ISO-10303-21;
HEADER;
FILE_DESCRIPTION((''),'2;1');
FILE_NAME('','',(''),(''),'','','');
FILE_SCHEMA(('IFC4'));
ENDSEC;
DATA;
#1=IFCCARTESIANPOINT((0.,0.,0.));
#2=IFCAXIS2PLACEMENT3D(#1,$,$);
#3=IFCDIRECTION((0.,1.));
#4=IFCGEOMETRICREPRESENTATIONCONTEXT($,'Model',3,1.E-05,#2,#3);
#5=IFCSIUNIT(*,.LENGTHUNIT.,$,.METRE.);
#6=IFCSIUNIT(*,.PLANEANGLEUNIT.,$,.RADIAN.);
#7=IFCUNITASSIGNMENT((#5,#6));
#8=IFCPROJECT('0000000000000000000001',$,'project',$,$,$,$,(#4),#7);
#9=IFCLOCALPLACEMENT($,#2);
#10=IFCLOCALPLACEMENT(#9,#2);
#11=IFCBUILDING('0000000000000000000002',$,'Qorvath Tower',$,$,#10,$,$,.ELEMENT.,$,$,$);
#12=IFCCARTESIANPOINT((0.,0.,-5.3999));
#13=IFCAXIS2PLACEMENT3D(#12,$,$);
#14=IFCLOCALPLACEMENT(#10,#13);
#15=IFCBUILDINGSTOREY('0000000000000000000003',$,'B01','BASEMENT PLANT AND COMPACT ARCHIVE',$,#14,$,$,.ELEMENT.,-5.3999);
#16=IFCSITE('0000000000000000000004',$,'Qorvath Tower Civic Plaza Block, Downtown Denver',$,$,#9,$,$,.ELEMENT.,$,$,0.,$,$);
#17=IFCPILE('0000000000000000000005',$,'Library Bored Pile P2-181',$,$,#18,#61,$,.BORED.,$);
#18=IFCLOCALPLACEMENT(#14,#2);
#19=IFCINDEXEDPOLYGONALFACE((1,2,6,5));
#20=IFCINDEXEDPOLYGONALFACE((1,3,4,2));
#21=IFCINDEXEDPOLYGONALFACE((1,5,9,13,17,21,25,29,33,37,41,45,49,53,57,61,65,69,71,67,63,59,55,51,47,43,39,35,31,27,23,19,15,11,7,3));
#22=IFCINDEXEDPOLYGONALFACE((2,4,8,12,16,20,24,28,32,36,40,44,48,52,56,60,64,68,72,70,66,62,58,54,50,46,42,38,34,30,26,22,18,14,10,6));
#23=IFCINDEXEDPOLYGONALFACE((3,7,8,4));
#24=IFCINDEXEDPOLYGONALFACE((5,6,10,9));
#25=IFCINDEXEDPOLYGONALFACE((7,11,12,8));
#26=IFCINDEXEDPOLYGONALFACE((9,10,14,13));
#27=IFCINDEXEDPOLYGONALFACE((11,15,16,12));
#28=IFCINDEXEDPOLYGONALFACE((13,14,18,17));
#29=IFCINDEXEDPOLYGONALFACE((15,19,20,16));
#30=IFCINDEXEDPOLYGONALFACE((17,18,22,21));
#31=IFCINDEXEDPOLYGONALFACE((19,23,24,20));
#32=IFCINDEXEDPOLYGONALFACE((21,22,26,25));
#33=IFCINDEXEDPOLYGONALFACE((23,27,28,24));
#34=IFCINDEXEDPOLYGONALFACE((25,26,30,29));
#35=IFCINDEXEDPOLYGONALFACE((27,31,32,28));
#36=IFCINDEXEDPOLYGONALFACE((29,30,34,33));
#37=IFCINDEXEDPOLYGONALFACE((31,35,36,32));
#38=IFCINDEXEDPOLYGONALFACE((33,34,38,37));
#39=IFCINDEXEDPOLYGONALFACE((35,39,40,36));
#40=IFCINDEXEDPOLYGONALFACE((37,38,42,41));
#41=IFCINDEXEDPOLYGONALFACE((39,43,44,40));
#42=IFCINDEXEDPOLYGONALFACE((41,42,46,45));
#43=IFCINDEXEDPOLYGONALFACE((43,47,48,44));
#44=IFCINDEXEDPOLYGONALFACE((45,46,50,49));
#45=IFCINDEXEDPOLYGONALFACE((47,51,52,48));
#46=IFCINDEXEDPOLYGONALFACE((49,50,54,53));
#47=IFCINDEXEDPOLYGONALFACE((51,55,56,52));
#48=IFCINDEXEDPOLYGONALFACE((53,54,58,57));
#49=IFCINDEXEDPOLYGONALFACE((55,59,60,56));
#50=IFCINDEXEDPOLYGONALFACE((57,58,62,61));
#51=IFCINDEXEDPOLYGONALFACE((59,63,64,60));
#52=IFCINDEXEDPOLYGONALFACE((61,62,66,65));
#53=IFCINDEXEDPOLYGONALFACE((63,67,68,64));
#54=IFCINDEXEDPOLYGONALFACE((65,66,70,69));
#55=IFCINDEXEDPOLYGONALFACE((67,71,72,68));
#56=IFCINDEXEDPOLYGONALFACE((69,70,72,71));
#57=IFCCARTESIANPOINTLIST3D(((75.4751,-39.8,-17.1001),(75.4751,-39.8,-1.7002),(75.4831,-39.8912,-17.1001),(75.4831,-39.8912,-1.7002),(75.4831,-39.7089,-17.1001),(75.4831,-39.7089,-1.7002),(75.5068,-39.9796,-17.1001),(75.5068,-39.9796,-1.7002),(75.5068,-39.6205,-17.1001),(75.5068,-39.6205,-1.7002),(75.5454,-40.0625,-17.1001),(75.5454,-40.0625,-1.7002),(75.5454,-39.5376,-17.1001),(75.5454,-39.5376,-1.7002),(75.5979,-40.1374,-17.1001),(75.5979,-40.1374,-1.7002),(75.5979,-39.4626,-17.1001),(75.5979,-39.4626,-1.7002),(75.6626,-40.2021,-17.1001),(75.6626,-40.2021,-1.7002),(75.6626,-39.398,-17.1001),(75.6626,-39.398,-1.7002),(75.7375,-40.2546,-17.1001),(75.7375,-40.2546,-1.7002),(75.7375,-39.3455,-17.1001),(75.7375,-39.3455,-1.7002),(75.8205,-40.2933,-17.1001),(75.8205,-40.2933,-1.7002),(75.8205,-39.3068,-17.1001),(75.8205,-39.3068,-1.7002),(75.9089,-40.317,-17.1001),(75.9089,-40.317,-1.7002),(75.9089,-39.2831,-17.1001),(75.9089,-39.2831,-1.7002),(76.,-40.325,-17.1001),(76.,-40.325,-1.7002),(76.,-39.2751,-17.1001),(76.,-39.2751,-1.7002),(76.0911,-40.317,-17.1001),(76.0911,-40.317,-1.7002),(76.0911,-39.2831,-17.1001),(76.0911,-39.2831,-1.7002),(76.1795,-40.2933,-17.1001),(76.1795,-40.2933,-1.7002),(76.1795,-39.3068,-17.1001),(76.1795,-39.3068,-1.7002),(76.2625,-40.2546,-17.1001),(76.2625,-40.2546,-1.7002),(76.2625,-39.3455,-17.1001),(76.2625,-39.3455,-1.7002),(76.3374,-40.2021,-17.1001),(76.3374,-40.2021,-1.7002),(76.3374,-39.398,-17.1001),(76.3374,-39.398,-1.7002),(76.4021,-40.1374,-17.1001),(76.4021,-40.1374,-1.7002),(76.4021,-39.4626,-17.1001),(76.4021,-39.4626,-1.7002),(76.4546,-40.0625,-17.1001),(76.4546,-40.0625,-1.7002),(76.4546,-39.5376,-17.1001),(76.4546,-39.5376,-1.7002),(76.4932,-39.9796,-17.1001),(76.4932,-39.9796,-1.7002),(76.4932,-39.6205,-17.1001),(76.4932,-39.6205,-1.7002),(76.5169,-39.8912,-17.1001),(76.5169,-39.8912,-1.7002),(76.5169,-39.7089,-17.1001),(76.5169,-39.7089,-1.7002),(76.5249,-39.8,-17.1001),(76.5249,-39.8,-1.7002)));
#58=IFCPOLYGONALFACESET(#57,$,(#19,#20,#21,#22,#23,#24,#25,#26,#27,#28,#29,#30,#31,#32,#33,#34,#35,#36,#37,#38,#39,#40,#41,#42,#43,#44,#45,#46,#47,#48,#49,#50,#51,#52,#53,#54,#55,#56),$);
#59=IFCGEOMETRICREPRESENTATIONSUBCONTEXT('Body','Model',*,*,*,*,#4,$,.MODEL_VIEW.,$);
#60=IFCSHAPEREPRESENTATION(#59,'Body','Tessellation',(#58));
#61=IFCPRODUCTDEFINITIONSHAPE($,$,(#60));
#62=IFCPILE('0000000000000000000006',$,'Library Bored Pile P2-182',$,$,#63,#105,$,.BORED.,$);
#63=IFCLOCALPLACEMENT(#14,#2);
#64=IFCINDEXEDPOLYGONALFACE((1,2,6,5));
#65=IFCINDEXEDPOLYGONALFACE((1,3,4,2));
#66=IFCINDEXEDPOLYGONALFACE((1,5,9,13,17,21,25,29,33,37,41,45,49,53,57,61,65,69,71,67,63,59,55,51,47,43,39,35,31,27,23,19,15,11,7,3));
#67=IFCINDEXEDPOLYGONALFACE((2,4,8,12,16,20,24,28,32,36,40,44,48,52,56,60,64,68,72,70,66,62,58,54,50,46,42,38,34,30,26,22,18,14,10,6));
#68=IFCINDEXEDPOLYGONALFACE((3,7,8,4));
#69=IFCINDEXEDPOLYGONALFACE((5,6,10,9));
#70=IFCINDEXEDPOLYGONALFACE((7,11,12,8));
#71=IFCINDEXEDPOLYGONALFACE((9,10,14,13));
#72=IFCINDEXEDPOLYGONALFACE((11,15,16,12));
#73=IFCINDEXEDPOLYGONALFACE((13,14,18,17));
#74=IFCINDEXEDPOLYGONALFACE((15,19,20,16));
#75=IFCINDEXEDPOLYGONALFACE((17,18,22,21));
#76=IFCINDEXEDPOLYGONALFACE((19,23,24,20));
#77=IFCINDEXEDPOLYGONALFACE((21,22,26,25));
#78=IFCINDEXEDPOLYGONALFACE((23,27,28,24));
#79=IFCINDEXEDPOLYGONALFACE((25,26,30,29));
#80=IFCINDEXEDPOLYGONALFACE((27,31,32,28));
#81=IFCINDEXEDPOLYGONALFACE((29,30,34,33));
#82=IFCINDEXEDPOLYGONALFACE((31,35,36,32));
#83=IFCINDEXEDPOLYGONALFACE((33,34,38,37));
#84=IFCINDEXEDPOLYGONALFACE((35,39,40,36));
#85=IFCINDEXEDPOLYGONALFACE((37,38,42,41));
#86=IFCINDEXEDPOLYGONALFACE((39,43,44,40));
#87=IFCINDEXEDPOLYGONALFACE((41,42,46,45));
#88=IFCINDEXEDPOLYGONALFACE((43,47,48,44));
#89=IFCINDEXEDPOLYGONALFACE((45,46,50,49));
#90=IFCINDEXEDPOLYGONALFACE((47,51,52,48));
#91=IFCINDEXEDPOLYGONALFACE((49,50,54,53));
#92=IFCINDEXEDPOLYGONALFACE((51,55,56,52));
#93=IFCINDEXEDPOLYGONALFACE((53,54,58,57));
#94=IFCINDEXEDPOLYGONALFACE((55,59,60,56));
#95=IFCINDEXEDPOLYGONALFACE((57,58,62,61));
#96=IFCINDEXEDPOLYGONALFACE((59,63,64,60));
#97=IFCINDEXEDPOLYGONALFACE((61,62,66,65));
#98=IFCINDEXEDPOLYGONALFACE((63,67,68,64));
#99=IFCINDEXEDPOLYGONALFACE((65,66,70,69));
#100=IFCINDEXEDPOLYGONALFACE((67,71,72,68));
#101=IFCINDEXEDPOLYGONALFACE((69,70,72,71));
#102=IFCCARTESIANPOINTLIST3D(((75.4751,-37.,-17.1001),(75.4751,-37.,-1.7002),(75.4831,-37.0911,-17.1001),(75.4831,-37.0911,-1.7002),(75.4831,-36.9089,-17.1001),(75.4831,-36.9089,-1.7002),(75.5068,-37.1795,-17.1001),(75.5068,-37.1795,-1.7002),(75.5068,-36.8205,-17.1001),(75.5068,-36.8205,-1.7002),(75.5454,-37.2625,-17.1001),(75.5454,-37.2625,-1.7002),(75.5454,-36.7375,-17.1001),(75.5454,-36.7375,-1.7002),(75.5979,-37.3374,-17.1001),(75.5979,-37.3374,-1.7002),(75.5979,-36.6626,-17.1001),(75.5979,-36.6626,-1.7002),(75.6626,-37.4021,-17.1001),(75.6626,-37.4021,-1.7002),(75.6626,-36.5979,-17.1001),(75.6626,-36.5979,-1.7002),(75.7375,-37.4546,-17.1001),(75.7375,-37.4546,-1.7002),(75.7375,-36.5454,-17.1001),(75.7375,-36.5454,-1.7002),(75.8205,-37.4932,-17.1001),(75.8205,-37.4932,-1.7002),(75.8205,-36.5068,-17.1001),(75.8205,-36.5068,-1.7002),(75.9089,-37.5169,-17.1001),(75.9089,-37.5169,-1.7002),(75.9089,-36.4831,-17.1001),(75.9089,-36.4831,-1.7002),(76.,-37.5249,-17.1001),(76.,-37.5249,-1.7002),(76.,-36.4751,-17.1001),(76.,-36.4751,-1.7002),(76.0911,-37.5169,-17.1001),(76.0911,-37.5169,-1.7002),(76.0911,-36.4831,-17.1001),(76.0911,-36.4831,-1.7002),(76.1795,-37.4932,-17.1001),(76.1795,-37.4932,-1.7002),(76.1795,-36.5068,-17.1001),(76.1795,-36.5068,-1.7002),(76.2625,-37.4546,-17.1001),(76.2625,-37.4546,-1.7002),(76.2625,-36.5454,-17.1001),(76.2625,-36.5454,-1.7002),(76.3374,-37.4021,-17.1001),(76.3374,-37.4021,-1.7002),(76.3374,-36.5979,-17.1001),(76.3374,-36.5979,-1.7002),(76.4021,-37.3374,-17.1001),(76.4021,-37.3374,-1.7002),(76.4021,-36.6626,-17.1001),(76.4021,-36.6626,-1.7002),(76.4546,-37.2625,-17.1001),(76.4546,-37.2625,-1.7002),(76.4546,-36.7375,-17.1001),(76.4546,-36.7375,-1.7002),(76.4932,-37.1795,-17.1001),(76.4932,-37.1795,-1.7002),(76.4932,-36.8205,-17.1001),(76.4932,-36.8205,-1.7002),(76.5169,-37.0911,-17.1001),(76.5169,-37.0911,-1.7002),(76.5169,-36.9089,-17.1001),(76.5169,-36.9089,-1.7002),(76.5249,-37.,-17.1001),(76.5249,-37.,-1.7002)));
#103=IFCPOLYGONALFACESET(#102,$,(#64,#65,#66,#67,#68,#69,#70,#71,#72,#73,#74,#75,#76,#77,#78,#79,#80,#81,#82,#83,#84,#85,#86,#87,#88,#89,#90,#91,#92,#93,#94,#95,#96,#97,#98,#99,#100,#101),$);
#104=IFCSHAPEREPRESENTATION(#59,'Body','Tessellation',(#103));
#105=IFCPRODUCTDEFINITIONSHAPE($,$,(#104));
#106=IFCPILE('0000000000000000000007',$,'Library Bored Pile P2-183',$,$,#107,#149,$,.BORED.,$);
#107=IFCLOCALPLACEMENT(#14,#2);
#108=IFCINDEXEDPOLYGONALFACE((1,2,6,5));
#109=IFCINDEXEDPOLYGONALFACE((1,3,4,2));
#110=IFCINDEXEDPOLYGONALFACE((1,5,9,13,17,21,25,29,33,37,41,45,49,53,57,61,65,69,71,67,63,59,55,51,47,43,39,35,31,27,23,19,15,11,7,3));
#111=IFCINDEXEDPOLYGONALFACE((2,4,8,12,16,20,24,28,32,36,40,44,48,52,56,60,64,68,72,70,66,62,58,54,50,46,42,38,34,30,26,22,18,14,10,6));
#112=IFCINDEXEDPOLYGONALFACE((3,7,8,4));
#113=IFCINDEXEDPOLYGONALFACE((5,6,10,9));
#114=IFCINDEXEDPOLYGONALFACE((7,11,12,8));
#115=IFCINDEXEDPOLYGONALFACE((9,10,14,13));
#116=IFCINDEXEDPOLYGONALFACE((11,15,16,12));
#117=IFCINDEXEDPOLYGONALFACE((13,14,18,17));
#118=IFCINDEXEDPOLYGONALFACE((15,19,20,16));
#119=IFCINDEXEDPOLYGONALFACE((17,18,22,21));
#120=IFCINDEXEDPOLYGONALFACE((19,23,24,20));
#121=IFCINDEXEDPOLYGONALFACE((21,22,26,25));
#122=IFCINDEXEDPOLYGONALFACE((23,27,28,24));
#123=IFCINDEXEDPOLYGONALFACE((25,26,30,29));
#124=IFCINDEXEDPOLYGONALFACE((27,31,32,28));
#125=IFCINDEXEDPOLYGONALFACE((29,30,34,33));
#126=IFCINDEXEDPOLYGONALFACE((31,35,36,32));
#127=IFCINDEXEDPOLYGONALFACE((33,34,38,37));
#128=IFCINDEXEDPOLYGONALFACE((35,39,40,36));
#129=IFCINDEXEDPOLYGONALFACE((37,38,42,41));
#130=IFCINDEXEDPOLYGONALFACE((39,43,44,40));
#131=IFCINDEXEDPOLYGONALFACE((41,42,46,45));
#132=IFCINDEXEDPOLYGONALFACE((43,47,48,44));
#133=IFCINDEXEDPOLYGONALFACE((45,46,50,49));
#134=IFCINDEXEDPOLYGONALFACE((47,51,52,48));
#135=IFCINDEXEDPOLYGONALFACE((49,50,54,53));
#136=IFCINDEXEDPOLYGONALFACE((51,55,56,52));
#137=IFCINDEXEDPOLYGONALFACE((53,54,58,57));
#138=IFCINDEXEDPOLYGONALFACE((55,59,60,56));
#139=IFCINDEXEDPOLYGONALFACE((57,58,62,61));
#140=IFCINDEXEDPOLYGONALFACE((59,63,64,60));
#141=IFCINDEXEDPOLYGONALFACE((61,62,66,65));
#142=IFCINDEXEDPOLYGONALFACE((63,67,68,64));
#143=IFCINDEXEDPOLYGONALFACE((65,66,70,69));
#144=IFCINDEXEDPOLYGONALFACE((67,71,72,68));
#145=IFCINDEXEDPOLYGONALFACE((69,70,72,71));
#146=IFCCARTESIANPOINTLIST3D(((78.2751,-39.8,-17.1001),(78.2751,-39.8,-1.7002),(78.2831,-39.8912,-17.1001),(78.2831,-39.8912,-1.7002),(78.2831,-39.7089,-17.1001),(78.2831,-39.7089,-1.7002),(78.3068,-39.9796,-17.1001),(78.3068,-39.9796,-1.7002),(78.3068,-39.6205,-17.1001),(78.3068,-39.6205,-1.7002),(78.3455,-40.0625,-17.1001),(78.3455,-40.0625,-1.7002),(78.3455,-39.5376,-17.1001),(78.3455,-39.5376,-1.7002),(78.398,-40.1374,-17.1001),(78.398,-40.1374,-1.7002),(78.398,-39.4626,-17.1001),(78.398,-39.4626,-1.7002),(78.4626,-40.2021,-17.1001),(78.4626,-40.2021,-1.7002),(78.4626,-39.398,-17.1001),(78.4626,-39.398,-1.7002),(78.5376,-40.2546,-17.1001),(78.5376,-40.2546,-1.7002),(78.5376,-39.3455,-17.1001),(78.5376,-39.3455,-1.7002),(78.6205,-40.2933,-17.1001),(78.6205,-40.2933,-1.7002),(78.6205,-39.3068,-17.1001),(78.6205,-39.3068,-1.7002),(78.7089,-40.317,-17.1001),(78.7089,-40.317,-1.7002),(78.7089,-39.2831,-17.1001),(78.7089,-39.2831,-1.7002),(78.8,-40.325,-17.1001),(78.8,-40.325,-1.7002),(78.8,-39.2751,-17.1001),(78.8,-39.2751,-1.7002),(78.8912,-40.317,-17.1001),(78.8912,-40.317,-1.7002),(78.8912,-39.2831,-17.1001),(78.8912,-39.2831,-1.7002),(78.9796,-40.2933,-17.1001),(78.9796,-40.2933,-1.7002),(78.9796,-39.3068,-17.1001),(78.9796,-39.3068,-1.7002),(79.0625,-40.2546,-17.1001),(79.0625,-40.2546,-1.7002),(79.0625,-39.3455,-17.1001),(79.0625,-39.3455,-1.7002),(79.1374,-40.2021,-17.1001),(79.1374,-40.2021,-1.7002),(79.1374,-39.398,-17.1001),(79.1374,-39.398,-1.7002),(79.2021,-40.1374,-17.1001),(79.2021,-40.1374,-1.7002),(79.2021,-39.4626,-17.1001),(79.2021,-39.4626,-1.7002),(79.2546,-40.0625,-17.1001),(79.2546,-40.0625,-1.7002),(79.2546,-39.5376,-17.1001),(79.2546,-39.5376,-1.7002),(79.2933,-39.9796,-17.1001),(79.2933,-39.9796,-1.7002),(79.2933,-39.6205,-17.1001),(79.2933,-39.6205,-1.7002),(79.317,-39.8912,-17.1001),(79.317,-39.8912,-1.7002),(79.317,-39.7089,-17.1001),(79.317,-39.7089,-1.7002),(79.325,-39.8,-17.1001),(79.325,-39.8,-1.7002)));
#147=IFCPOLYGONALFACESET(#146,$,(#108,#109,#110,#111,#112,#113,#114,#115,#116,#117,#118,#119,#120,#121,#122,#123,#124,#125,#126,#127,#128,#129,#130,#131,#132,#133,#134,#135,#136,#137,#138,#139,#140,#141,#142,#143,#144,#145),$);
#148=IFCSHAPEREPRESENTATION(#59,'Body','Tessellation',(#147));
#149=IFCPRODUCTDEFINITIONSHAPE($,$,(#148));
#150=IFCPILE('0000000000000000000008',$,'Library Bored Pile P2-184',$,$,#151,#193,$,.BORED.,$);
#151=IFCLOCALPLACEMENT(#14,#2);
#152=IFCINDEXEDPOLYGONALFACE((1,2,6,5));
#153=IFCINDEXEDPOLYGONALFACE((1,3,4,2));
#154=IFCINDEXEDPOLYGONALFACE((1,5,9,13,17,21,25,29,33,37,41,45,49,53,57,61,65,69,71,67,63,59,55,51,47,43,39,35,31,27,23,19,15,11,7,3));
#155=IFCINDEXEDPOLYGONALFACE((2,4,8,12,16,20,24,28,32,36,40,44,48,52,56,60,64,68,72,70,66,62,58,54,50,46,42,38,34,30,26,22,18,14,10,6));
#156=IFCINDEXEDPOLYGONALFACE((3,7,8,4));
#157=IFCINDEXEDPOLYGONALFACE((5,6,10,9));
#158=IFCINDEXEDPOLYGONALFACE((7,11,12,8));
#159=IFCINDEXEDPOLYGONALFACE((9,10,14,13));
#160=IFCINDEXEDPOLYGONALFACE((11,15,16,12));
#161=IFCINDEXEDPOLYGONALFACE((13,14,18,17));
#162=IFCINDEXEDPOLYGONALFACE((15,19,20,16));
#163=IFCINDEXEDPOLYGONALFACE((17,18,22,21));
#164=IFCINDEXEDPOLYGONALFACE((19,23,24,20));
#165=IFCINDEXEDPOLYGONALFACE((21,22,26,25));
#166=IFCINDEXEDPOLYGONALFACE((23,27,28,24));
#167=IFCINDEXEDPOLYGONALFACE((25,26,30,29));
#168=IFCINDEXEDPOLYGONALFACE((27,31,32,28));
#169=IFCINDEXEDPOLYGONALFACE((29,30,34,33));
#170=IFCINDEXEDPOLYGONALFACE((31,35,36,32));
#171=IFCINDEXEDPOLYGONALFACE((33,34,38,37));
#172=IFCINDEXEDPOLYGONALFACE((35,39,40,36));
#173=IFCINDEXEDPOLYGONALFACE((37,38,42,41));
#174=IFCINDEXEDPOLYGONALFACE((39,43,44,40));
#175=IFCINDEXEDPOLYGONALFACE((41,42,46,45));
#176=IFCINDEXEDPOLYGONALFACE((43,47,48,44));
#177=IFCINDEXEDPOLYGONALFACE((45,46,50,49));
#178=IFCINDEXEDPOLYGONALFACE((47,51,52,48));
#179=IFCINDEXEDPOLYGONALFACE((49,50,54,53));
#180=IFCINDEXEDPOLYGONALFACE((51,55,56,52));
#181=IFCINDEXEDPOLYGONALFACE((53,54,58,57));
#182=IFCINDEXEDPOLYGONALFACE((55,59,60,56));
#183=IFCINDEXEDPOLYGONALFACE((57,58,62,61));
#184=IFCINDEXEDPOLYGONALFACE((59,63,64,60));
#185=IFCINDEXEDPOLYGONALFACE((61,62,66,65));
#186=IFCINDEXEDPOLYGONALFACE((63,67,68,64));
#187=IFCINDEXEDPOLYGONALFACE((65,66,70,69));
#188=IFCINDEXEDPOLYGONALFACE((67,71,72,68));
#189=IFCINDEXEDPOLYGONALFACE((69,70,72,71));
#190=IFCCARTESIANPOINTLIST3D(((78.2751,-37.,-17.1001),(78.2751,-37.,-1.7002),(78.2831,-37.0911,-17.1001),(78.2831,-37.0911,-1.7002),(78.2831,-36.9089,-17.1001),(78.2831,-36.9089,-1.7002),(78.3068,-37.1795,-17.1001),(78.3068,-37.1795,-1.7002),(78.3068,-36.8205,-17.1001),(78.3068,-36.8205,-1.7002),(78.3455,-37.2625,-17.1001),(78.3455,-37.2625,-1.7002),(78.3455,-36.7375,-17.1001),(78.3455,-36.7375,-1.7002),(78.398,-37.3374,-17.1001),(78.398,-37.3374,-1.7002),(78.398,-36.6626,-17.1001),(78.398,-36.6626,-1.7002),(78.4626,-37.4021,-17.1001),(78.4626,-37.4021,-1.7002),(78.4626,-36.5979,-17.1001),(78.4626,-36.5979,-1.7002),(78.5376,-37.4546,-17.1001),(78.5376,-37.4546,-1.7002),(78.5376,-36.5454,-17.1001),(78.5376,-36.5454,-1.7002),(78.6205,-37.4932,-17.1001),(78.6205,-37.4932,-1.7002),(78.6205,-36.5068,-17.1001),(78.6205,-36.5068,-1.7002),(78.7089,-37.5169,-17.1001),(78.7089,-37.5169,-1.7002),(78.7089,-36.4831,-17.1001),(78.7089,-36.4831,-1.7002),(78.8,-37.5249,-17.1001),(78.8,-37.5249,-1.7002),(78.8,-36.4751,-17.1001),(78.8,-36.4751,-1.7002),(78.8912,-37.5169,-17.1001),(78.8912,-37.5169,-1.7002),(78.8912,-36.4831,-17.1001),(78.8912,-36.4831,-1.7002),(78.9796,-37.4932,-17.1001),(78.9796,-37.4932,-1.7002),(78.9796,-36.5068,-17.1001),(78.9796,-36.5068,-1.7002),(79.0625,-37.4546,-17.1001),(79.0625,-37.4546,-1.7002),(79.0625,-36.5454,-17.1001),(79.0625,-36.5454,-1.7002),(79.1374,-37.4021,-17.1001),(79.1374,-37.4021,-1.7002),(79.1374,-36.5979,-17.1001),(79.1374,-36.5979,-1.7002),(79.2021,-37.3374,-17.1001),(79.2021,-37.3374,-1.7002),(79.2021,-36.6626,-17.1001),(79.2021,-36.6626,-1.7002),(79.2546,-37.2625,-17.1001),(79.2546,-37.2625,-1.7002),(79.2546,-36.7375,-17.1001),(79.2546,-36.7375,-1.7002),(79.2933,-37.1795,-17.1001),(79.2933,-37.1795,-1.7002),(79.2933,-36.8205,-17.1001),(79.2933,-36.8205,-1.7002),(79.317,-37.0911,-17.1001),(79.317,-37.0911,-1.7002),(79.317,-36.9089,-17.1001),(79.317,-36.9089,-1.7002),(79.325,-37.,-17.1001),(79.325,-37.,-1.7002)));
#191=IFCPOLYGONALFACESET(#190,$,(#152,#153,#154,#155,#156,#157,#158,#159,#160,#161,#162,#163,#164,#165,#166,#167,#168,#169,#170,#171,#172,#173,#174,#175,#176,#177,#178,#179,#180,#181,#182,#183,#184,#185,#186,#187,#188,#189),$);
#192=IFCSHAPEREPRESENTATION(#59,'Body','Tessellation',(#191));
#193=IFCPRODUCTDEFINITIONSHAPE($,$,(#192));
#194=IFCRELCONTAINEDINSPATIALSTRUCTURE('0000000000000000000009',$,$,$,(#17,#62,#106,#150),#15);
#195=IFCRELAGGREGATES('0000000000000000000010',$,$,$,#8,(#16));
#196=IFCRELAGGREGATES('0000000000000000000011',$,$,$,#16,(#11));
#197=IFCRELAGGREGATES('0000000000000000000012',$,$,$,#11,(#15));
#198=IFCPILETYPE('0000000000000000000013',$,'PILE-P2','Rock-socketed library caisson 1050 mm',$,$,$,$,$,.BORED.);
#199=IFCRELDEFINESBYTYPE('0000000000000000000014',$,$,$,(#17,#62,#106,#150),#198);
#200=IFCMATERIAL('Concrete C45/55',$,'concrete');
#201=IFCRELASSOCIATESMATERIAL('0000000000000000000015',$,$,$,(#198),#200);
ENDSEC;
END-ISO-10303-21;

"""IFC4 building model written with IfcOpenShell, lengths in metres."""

from ifc_helpers import new_model, si_unit, direction, frame, origin, origin_2d, place, context, subcontext, project, spatial, circle, extrude, material, material_profile, profile_set, type_object, element, save


model = new_model("IFC4")

# Units and contexts
model_context = context("Model", 3, precision=1e-05, world=origin(), true_north=direction((0.0, 1.0)))
body_context = subcontext(model_context, "Body", "Model", "MODEL_VIEW")
ifc_project = project(units=[si_unit("LENGTHUNIT", "METRE"), si_unit("PLANEANGLEUNIT", "RADIAN")], contexts=[model_context])

# Site, building, storey
site_placement = place(None, origin())
site = spatial("IfcSite", under=ifc_project, at=site_placement, Name="Qorvath Tower Civic Plaza Block, Downtown Denver", CompositionType="ELEMENT", RefElevation=0.0)
building_placement = place(site_placement, origin())
building = spatial("IfcBuilding", under=site, at=building_placement, Name="Qorvath Tower", CompositionType="ELEMENT")
storey_placement = place(building_placement, frame((0.0, 0.0, -5.3999)))
storey = spatial("IfcBuildingStorey", under=building, at=storey_placement, Name="B01", Description="BASEMENT PLANT AND COMPACT ARCHIVE", CompositionType="ELEMENT", Elevation=-5.3999)

# Piles
ifc_material_1 = material(Name="Concrete C45/55", Category="concrete")
ifc_material_profile_1 = material_profile(ifc_material_1, circle(Radius=0.5249, at=origin_2d()), Name="BORED PILE 1050")
ifc_profile_set_1 = profile_set([ifc_material_profile_1], Name="Concrete C45/55")
pile_type = type_object("IfcPileType", Name="PILE-P2", Description="Rock-socketed library caisson 1050 mm", PredefinedType="BORED", material=ifc_profile_set_1)
for number, where, z_axis, x_axis, name in (
    (1, (76.0, -39.8, -1.7002), (0.0, 0.0, -1.0), (1.0, 0.0, 0.0), "Library Bored Pile P2-181"),
    (2, (76.0, -37.0, -1.7002), (0.0, 0.0, -1.0), (1.0, 0.0, 0.0), "Library Bored Pile P2-182"),
    (3, (78.8, -39.8, -1.7002), (0.0, 0.0, -1.0), (1.0, 0.0, 0.0), "Library Bored Pile P2-183"),
    (4, (78.8, -37.0, -1.7002), (0.0, 0.0, -1.0), (1.0, 0.0, 0.0), "Library Bored Pile P2-184"),
):
    element("IfcPile", number, at=place(storey_placement, frame(where, z_axis=z_axis, x_axis=x_axis)), inside=storey, type_object=pile_type, Name=name, PredefinedType="BORED", context=body_context, shape_type="SweptSolid", body=[
        extrude(circle(Radius=0.5249, at=origin_2d()), origin(), (0.0, 0.0, 1.0), 15.3999),
    ])

save(model, "model.ifc")
